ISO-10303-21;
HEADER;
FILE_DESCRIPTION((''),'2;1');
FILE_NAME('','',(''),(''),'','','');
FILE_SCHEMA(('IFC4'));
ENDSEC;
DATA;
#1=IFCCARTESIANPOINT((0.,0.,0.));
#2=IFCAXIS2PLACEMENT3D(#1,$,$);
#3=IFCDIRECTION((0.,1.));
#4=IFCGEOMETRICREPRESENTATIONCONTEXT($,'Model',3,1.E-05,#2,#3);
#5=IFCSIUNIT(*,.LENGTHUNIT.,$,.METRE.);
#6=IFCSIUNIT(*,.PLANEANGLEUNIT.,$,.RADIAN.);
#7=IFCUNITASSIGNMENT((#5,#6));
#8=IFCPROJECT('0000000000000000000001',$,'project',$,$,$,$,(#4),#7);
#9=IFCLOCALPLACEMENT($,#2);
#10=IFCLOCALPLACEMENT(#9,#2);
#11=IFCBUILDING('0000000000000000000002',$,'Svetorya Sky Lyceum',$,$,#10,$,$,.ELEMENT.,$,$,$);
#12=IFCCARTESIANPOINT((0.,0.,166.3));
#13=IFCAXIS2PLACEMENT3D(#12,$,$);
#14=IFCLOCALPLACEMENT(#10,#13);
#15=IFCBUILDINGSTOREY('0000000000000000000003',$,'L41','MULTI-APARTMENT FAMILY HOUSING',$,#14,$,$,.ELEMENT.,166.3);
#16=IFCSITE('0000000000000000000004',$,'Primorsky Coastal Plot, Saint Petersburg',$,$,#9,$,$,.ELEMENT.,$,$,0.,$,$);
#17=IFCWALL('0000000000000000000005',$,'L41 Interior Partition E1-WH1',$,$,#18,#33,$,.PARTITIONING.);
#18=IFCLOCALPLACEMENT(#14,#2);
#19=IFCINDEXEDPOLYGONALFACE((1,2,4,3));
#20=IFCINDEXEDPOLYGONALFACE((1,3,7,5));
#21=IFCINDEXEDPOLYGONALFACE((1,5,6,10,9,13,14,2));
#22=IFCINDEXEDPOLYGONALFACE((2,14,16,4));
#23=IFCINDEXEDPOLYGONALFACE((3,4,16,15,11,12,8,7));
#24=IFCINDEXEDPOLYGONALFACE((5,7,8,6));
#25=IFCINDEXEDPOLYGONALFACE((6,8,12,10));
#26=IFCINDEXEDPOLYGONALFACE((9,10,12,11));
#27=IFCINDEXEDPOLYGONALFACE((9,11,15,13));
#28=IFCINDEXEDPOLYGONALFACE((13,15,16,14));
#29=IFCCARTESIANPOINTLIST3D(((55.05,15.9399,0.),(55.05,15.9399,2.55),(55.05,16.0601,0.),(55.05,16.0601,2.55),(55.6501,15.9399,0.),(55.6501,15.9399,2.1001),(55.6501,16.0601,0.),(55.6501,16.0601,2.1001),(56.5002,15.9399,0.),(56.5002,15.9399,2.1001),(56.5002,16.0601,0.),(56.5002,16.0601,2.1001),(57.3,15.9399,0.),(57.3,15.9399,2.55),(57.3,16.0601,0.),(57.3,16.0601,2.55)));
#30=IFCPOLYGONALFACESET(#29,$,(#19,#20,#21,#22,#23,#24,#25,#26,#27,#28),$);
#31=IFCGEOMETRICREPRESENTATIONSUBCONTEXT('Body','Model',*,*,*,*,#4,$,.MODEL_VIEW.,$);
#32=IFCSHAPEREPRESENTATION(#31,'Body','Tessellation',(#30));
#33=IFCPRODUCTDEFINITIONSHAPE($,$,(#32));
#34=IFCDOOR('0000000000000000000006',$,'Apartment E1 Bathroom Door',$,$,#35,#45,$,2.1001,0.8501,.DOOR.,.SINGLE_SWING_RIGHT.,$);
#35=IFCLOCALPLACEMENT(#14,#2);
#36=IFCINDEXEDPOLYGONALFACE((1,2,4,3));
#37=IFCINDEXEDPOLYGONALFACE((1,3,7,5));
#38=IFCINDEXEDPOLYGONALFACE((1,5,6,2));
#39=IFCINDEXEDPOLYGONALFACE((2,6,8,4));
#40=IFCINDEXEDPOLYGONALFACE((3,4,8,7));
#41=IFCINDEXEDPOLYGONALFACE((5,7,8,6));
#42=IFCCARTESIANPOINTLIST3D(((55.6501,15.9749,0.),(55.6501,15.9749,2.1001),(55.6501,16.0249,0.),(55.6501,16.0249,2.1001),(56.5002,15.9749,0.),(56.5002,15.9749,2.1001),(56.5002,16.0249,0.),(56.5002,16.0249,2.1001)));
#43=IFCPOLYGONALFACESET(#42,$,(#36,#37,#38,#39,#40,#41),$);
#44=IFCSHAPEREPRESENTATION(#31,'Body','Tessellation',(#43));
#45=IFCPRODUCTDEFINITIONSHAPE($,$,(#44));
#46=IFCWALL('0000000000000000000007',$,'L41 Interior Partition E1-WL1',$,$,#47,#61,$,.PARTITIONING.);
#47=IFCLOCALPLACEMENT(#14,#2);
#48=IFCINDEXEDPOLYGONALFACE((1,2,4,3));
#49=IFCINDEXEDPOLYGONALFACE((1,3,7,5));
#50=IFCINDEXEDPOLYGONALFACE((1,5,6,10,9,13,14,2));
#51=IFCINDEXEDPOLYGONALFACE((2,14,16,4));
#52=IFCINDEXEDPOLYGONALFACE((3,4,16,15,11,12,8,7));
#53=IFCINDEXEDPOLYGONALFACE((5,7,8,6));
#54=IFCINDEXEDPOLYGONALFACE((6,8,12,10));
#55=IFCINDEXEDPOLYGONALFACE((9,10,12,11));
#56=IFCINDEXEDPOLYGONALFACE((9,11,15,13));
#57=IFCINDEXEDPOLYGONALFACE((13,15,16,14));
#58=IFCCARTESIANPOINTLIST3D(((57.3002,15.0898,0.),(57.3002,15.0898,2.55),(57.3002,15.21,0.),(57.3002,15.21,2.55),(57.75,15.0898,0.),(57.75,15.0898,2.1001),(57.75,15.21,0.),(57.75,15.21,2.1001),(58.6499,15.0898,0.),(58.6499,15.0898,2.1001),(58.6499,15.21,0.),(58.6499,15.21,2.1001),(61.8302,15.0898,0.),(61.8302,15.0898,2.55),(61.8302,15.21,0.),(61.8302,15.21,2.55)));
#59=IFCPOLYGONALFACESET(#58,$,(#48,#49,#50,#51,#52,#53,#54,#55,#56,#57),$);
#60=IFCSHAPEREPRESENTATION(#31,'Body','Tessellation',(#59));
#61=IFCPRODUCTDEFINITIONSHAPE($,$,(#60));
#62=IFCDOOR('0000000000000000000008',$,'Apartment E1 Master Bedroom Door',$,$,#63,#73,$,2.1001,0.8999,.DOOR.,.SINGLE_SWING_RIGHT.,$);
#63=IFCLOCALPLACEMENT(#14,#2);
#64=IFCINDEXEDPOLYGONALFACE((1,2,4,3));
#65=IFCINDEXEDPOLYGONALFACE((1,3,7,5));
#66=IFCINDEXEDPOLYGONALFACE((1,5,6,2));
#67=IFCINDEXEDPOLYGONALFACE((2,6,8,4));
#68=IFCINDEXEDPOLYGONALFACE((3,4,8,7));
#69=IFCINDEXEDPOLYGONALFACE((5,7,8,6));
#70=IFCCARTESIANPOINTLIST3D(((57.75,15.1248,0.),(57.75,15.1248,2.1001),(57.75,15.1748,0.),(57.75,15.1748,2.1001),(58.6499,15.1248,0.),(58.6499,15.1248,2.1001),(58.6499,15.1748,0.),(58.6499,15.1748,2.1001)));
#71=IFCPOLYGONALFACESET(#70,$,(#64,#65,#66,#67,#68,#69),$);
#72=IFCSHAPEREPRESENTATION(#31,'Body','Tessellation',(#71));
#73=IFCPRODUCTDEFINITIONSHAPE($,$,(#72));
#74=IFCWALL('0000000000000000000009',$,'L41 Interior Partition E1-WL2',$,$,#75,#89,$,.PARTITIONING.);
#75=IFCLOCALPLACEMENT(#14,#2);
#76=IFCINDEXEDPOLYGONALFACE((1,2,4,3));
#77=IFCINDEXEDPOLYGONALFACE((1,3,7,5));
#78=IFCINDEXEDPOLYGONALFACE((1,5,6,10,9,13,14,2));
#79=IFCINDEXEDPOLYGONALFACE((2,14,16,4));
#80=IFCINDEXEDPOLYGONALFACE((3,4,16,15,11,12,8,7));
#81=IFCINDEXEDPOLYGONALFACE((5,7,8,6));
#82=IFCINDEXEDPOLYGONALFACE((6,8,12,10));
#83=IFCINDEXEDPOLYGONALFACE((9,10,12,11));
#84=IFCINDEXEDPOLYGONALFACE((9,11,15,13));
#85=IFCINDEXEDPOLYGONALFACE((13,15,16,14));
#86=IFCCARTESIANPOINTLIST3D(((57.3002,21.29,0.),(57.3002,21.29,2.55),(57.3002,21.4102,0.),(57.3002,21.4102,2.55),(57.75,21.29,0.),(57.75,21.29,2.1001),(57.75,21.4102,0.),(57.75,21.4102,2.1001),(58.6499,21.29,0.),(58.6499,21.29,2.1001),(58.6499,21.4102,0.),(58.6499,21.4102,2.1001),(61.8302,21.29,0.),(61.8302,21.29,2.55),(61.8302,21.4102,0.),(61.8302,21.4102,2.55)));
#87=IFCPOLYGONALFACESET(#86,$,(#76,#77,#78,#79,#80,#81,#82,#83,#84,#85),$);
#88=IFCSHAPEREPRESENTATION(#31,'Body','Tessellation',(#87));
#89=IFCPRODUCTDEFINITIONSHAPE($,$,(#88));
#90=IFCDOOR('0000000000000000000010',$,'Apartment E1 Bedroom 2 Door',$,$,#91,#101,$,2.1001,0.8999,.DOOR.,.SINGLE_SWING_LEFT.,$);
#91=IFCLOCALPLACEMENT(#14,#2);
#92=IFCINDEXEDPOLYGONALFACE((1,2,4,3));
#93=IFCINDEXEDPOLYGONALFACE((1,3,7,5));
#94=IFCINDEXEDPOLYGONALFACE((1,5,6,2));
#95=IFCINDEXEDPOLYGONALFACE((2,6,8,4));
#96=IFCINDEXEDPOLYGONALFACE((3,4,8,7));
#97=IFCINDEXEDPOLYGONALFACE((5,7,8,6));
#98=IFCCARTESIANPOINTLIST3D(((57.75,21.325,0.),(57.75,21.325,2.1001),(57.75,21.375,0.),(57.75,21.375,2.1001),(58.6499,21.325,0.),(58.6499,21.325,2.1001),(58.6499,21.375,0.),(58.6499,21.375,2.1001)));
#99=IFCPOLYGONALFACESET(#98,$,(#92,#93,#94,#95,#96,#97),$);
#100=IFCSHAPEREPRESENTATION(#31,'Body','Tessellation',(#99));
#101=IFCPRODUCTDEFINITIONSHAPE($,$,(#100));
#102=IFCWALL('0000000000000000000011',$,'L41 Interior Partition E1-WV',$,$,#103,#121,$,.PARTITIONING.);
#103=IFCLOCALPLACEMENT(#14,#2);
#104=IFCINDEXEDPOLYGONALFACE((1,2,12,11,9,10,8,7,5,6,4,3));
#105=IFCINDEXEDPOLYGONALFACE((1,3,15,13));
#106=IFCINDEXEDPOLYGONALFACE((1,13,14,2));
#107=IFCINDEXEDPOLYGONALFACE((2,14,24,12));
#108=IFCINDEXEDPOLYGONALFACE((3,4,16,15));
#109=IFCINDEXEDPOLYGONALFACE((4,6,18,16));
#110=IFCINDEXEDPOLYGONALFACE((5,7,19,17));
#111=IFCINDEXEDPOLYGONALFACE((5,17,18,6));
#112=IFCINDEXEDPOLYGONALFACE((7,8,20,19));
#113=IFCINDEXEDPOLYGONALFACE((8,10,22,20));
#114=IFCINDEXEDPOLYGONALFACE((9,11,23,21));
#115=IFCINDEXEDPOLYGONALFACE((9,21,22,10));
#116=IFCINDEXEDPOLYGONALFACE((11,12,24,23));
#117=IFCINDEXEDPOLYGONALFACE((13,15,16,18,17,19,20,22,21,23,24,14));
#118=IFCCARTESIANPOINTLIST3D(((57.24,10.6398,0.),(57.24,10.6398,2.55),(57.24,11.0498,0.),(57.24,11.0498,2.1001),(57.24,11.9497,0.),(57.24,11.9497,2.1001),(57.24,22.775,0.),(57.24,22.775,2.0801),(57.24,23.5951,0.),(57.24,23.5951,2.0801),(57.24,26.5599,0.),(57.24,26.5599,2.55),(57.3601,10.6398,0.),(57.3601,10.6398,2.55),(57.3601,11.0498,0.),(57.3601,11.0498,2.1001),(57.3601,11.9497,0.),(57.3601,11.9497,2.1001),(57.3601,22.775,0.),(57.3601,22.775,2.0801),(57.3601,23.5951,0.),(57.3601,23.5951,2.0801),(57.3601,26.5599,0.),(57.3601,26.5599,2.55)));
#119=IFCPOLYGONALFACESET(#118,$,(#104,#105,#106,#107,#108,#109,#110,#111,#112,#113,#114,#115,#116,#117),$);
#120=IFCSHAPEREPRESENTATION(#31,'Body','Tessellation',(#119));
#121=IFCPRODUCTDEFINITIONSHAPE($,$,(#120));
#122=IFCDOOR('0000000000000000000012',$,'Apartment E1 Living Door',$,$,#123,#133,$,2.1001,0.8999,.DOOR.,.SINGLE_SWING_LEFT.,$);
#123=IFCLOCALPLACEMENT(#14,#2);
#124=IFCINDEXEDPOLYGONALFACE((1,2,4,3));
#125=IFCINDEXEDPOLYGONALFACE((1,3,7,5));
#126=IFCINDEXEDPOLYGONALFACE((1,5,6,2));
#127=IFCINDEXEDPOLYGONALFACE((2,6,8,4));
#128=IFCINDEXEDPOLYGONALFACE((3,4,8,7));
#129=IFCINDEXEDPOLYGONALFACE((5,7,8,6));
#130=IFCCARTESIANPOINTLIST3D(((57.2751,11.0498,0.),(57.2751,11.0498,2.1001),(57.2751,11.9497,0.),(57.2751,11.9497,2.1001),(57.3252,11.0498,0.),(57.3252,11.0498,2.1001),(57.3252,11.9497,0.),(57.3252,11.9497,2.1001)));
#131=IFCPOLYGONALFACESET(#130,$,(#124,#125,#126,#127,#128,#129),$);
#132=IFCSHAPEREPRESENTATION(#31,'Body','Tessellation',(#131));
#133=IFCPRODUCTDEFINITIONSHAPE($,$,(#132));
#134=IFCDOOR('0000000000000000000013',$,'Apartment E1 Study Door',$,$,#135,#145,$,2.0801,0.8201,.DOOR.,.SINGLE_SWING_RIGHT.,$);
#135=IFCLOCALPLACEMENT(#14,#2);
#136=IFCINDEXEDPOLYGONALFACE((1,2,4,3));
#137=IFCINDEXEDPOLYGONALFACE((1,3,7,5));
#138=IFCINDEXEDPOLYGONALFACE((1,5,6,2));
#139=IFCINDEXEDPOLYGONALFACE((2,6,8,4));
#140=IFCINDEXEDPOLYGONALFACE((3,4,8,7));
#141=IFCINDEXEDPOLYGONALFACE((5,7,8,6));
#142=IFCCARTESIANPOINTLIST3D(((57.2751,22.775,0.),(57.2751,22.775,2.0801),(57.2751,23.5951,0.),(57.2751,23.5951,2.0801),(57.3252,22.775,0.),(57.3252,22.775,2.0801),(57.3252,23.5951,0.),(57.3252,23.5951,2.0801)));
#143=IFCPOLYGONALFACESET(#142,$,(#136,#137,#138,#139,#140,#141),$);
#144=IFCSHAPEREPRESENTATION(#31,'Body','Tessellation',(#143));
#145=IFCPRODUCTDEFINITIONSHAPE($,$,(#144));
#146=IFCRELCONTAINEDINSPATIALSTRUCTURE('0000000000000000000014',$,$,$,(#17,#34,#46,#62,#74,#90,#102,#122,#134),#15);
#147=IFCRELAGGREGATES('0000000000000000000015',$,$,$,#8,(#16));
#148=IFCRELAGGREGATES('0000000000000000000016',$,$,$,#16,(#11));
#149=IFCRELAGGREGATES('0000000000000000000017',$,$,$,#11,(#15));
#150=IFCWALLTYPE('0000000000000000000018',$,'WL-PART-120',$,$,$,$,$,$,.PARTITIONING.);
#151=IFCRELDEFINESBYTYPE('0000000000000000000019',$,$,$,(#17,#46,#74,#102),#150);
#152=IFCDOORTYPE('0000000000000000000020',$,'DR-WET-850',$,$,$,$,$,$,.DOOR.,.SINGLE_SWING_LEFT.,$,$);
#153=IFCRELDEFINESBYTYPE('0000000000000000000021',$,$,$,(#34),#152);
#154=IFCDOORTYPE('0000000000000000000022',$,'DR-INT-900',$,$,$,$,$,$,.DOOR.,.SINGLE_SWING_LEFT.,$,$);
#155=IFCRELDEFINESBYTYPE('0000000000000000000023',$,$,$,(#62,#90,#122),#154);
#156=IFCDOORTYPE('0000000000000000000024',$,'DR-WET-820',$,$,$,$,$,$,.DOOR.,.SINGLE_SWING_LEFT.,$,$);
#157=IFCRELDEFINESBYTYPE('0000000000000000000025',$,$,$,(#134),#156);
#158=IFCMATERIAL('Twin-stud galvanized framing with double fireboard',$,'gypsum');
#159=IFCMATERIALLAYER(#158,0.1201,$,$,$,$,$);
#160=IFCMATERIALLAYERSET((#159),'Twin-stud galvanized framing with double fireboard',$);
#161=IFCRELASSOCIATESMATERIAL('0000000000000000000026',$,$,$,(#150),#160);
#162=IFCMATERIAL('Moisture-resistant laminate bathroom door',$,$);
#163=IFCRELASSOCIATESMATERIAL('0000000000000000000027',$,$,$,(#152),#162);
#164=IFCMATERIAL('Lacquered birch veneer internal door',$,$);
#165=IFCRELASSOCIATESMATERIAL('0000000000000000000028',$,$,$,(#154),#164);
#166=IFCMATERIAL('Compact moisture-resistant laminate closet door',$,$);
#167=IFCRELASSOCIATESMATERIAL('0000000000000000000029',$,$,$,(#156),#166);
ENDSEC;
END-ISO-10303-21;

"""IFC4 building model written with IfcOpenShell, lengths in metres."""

from ifc_helpers import new_model, si_unit, direction, frame, frame_2d, origin, place, context, subcontext, project, spatial, rectangle, extrude, material, layer, layer_set, type_object, element, fill, save


model = new_model("IFC4")

# Units and contexts
model_context = context("Model", 3, precision=1e-05, world=origin(), true_north=direction((0.0, 1.0)))
body_context = subcontext(model_context, "Body", "Model", "MODEL_VIEW")
ifc_project = project(units=[si_unit("LENGTHUNIT", "METRE"), si_unit("PLANEANGLEUNIT", "RADIAN")], contexts=[model_context])

# Site, building, storey
site_placement = place(None, origin())
site = spatial("IfcSite", under=ifc_project, at=site_placement, Name="Primorsky Coastal Plot, Saint Petersburg", CompositionType="ELEMENT", RefElevation=0.0)
building_placement = place(site_placement, origin())
building = spatial("IfcBuilding", under=site, at=building_placement, Name="Svetorya Sky Lyceum", CompositionType="ELEMENT")
storey_placement = place(building_placement, frame((0.0, 0.0, 166.3)))
storey = spatial("IfcBuildingStorey", under=building, at=storey_placement, Name="L41", Description="MULTI-APARTMENT FAMILY HOUSING", CompositionType="ELEMENT", Elevation=166.3)

# Walls, openings, doors
ifc_material_1 = material(Name="Twin-stud galvanized framing with double fireboard", Category="gypsum")
ifc_layer_1 = layer(ifc_material_1, 0.1201)
ifc_layer_set_1 = layer_set([ifc_layer_1], Name="Twin-stud galvanized framing with double fireboard")
wall_type_1 = type_object("IfcWallType", Name="WL-PART-120", PredefinedType="PARTITIONING", material=ifc_layer_set_1)
wall_1_placement = place(storey_placement, frame((55.05, 16.0, 0.0), z_axis=(0.0, 0.0, 1.0), x_axis=(1.0, 0.0, 0.0)))
wall_1 = element("IfcWall", 1, at=wall_1_placement, inside=storey, type_object=wall_type_1, Name="L41 Interior Partition E1-WH1", PredefinedType="PARTITIONING", context=body_context, shape_type="SweptSolid", body=[
    extrude(rectangle(XDim=2.25, YDim=0.1201, at=frame_2d((1.125, 0.0))), origin(), (0.0, 0.0, 1.0), 2.55),
])
opening_1_placement = place(wall_1_placement, frame((0.6001, 0.0, 0.0)))
opening_1 = element("IfcOpeningElement", 2, at=opening_1_placement, cuts=wall_1, PredefinedType="OPENING", context=body_context, shape_type="SweptSolid", body=[
    extrude(rectangle(XDim=0.8501, YDim=2.1001, at=frame_2d((0.425, 1.05))), frame((0.0, 0.0701, 0.0), z_axis=(0.0, -1.0, 0.0), x_axis=(1.0, 0.0, 0.0)), (0.0, 0.0, 1.0), 0.1401),
])
ifc_material_2 = material(Name="Moisture-resistant laminate bathroom door")
door_type_1 = type_object("IfcDoorType", Name="DR-WET-850", OperationType="SINGLE_SWING_LEFT", PredefinedType="DOOR", material=ifc_material_2)
door_1_placement = place(opening_1_placement, origin())
door_1 = element("IfcDoor", 3, at=door_1_placement, inside=storey, type_object=door_type_1, Name="Apartment E1 Bathroom Door", OperationType="SINGLE_SWING_RIGHT", OverallHeight=2.1001, OverallWidth=0.8501, PredefinedType="DOOR", context=body_context, shape_type="SweptSolid", body=[
    extrude(rectangle(XDim=0.8501, YDim=2.1001, at=frame_2d((0.425, 1.05))), frame((0.0, 0.0249, 0.0), z_axis=(0.0, -1.0, 0.0), x_axis=(1.0, 0.0, 0.0)), (0.0, 0.0, 1.0), 0.05),
])
fill(opening_1, door_1)
wall_2_placement = place(storey_placement, frame((57.3, 15.1499, 0.0), z_axis=(0.0, 0.0, 1.0), x_axis=(1.0, 0.0, 0.0)))
wall_2 = element("IfcWall", 4, at=wall_2_placement, inside=storey, type_object=wall_type_1, Name="L41 Interior Partition E1-WL1", PredefinedType="PARTITIONING", context=body_context, shape_type="SweptSolid", body=[
    extrude(rectangle(XDim=4.53, YDim=0.1201, at=frame_2d((2.2651, 0.0))), origin(), (0.0, 0.0, 1.0), 2.55),
])
opening_2_placement = place(wall_2_placement, frame((0.45, 0.0, 0.0)))
opening_2 = element("IfcOpeningElement", 5, at=opening_2_placement, cuts=wall_2, PredefinedType="OPENING", context=body_context, shape_type="SweptSolid", body=[
    extrude(rectangle(XDim=0.8999, YDim=2.1001, at=frame_2d((0.45, 1.05))), frame((0.0, 0.0701, 0.0), z_axis=(0.0, -1.0, 0.0), x_axis=(1.0, 0.0, 0.0)), (0.0, 0.0, 1.0), 0.1401),
])
ifc_material_3 = material(Name="Lacquered birch veneer internal door")
door_type_2 = type_object("IfcDoorType", Name="DR-INT-900", OperationType="SINGLE_SWING_LEFT", PredefinedType="DOOR", material=ifc_material_3)
door_2_placement = place(opening_2_placement, origin())
door_2 = element("IfcDoor", 6, at=door_2_placement, inside=storey, type_object=door_type_2, Name="Apartment E1 Master Bedroom Door", OperationType="SINGLE_SWING_RIGHT", OverallHeight=2.1001, OverallWidth=0.8999, PredefinedType="DOOR", context=body_context, shape_type="SweptSolid", body=[
    extrude(rectangle(XDim=0.8999, YDim=2.1001, at=frame_2d((0.45, 1.05))), frame((0.0, 0.0249, 0.0), z_axis=(0.0, -1.0, 0.0), x_axis=(1.0, 0.0, 0.0)), (0.0, 0.0, 1.0), 0.05),
])
fill(opening_2, door_2)
wall_3_placement = place(storey_placement, frame((57.3, 21.3501, 0.0), z_axis=(0.0, 0.0, 1.0), x_axis=(1.0, 0.0, 0.0)))
wall_3 = element("IfcWall", 7, at=wall_3_placement, inside=storey, type_object=wall_type_1, Name="L41 Interior Partition E1-WL2", PredefinedType="PARTITIONING", context=body_context, shape_type="SweptSolid", body=[
    extrude(rectangle(XDim=4.53, YDim=0.1201, at=frame_2d((2.2651, 0.0))), origin(), (0.0, 0.0, 1.0), 2.55),
])
opening_3_placement = place(wall_3_placement, frame((0.45, 0.0, 0.0)))
opening_3 = element("IfcOpeningElement", 8, at=opening_3_placement, cuts=wall_3, PredefinedType="OPENING", context=body_context, shape_type="SweptSolid", body=[
    extrude(rectangle(XDim=0.8999, YDim=2.1001, at=frame_2d((0.45, 1.05))), frame((0.0, 0.0701, 0.0), z_axis=(0.0, -1.0, 0.0), x_axis=(1.0, 0.0, 0.0)), (0.0, 0.0, 1.0), 0.1401),
])
door_3_placement = place(opening_3_placement, origin())
door_3 = element("IfcDoor", 9, at=door_3_placement, inside=storey, type_object=door_type_2, Name="Apartment E1 Bedroom 2 Door", OperationType="SINGLE_SWING_LEFT", OverallHeight=2.1001, OverallWidth=0.8999, PredefinedType="DOOR", context=body_context, shape_type="SweptSolid", body=[
    extrude(rectangle(XDim=0.8999, YDim=2.1001, at=frame_2d((0.45, 1.05))), frame((0.0, 0.0249, 0.0), z_axis=(0.0, -1.0, 0.0), x_axis=(1.0, 0.0, 0.0)), (0.0, 0.0, 1.0), 0.05),
])
fill(opening_3, door_3)

# Wall, openings, doors
wall_4_placement = place(storey_placement, frame((57.3, 10.6399, 0.0), z_axis=(0.0, 0.0, 1.0), x_axis=(0.0, 1.0, 0.0)))
wall_4 = element("IfcWall", 10, at=wall_4_placement, inside=storey, type_object=wall_type_1, Name="L41 Interior Partition E1-WV", PredefinedType="PARTITIONING", context=body_context, shape_type="SweptSolid", body=[
    extrude(rectangle(XDim=15.9202, YDim=0.1201, at=frame_2d((7.96, 0.0))), origin(), (0.0, 0.0, 1.0), 2.55),
])
opening_4_placement = place(wall_4_placement, frame((0.4099, 0.0, 0.0)))
opening_4 = element("IfcOpeningElement", 11, at=opening_4_placement, cuts=wall_4, PredefinedType="OPENING", context=body_context, shape_type="SweptSolid", body=[
    extrude(rectangle(XDim=0.8999, YDim=2.1001, at=frame_2d((0.45, 1.05))), frame((0.0, 0.0701, 0.0), z_axis=(0.0, -1.0, 0.0), x_axis=(1.0, 0.0, 0.0)), (0.0, 0.0, 1.0), 0.1401),
])
opening_5_placement = place(wall_4_placement, frame((12.135, 0.0, 0.0)))
opening_5 = element("IfcOpeningElement", 12, at=opening_5_placement, cuts=wall_4, PredefinedType="OPENING", context=body_context, shape_type="SweptSolid", body=[
    extrude(rectangle(XDim=0.8201, YDim=2.0801, at=frame_2d((0.4102, 1.04))), frame((0.0, 0.0701, 0.0), z_axis=(0.0, -1.0, 0.0), x_axis=(1.0, 0.0, 0.0)), (0.0, 0.0, 1.0), 0.1401),
])
door_4_placement = place(opening_4_placement, origin())
door_4 = element("IfcDoor", 13, at=door_4_placement, inside=storey, type_object=door_type_2, Name="Apartment E1 Living Door", OperationType="SINGLE_SWING_LEFT", OverallHeight=2.1001, OverallWidth=0.8999, PredefinedType="DOOR", context=body_context, shape_type="SweptSolid", body=[
    extrude(rectangle(XDim=0.8999, YDim=2.1001, at=frame_2d((0.45, 1.05))), frame((0.0, 0.0249, 0.0), z_axis=(0.0, -1.0, 0.0), x_axis=(1.0, 0.0, 0.0)), (0.0, 0.0, 1.0), 0.05),
])
fill(opening_4, door_4)
ifc_material_4 = material(Name="Compact moisture-resistant laminate closet door")
door_type_3 = type_object("IfcDoorType", Name="DR-WET-820", OperationType="SINGLE_SWING_LEFT", PredefinedType="DOOR", material=ifc_material_4)
door_5_placement = place(opening_5_placement, origin())
door_5 = element("IfcDoor", 14, at=door_5_placement, inside=storey, type_object=door_type_3, Name="Apartment E1 Study Door", OperationType="SINGLE_SWING_RIGHT", OverallHeight=2.0801, OverallWidth=0.8201, PredefinedType="DOOR", context=body_context, shape_type="SweptSolid", body=[
    extrude(rectangle(XDim=0.8201, YDim=2.0801, at=frame_2d((0.4102, 1.04))), frame((0.0, 0.0249, 0.0), z_axis=(0.0, -1.0, 0.0), x_axis=(1.0, 0.0, 0.0)), (0.0, 0.0, 1.0), 0.05),
])
fill(opening_5, door_5)

save(model, "model.ifc")
